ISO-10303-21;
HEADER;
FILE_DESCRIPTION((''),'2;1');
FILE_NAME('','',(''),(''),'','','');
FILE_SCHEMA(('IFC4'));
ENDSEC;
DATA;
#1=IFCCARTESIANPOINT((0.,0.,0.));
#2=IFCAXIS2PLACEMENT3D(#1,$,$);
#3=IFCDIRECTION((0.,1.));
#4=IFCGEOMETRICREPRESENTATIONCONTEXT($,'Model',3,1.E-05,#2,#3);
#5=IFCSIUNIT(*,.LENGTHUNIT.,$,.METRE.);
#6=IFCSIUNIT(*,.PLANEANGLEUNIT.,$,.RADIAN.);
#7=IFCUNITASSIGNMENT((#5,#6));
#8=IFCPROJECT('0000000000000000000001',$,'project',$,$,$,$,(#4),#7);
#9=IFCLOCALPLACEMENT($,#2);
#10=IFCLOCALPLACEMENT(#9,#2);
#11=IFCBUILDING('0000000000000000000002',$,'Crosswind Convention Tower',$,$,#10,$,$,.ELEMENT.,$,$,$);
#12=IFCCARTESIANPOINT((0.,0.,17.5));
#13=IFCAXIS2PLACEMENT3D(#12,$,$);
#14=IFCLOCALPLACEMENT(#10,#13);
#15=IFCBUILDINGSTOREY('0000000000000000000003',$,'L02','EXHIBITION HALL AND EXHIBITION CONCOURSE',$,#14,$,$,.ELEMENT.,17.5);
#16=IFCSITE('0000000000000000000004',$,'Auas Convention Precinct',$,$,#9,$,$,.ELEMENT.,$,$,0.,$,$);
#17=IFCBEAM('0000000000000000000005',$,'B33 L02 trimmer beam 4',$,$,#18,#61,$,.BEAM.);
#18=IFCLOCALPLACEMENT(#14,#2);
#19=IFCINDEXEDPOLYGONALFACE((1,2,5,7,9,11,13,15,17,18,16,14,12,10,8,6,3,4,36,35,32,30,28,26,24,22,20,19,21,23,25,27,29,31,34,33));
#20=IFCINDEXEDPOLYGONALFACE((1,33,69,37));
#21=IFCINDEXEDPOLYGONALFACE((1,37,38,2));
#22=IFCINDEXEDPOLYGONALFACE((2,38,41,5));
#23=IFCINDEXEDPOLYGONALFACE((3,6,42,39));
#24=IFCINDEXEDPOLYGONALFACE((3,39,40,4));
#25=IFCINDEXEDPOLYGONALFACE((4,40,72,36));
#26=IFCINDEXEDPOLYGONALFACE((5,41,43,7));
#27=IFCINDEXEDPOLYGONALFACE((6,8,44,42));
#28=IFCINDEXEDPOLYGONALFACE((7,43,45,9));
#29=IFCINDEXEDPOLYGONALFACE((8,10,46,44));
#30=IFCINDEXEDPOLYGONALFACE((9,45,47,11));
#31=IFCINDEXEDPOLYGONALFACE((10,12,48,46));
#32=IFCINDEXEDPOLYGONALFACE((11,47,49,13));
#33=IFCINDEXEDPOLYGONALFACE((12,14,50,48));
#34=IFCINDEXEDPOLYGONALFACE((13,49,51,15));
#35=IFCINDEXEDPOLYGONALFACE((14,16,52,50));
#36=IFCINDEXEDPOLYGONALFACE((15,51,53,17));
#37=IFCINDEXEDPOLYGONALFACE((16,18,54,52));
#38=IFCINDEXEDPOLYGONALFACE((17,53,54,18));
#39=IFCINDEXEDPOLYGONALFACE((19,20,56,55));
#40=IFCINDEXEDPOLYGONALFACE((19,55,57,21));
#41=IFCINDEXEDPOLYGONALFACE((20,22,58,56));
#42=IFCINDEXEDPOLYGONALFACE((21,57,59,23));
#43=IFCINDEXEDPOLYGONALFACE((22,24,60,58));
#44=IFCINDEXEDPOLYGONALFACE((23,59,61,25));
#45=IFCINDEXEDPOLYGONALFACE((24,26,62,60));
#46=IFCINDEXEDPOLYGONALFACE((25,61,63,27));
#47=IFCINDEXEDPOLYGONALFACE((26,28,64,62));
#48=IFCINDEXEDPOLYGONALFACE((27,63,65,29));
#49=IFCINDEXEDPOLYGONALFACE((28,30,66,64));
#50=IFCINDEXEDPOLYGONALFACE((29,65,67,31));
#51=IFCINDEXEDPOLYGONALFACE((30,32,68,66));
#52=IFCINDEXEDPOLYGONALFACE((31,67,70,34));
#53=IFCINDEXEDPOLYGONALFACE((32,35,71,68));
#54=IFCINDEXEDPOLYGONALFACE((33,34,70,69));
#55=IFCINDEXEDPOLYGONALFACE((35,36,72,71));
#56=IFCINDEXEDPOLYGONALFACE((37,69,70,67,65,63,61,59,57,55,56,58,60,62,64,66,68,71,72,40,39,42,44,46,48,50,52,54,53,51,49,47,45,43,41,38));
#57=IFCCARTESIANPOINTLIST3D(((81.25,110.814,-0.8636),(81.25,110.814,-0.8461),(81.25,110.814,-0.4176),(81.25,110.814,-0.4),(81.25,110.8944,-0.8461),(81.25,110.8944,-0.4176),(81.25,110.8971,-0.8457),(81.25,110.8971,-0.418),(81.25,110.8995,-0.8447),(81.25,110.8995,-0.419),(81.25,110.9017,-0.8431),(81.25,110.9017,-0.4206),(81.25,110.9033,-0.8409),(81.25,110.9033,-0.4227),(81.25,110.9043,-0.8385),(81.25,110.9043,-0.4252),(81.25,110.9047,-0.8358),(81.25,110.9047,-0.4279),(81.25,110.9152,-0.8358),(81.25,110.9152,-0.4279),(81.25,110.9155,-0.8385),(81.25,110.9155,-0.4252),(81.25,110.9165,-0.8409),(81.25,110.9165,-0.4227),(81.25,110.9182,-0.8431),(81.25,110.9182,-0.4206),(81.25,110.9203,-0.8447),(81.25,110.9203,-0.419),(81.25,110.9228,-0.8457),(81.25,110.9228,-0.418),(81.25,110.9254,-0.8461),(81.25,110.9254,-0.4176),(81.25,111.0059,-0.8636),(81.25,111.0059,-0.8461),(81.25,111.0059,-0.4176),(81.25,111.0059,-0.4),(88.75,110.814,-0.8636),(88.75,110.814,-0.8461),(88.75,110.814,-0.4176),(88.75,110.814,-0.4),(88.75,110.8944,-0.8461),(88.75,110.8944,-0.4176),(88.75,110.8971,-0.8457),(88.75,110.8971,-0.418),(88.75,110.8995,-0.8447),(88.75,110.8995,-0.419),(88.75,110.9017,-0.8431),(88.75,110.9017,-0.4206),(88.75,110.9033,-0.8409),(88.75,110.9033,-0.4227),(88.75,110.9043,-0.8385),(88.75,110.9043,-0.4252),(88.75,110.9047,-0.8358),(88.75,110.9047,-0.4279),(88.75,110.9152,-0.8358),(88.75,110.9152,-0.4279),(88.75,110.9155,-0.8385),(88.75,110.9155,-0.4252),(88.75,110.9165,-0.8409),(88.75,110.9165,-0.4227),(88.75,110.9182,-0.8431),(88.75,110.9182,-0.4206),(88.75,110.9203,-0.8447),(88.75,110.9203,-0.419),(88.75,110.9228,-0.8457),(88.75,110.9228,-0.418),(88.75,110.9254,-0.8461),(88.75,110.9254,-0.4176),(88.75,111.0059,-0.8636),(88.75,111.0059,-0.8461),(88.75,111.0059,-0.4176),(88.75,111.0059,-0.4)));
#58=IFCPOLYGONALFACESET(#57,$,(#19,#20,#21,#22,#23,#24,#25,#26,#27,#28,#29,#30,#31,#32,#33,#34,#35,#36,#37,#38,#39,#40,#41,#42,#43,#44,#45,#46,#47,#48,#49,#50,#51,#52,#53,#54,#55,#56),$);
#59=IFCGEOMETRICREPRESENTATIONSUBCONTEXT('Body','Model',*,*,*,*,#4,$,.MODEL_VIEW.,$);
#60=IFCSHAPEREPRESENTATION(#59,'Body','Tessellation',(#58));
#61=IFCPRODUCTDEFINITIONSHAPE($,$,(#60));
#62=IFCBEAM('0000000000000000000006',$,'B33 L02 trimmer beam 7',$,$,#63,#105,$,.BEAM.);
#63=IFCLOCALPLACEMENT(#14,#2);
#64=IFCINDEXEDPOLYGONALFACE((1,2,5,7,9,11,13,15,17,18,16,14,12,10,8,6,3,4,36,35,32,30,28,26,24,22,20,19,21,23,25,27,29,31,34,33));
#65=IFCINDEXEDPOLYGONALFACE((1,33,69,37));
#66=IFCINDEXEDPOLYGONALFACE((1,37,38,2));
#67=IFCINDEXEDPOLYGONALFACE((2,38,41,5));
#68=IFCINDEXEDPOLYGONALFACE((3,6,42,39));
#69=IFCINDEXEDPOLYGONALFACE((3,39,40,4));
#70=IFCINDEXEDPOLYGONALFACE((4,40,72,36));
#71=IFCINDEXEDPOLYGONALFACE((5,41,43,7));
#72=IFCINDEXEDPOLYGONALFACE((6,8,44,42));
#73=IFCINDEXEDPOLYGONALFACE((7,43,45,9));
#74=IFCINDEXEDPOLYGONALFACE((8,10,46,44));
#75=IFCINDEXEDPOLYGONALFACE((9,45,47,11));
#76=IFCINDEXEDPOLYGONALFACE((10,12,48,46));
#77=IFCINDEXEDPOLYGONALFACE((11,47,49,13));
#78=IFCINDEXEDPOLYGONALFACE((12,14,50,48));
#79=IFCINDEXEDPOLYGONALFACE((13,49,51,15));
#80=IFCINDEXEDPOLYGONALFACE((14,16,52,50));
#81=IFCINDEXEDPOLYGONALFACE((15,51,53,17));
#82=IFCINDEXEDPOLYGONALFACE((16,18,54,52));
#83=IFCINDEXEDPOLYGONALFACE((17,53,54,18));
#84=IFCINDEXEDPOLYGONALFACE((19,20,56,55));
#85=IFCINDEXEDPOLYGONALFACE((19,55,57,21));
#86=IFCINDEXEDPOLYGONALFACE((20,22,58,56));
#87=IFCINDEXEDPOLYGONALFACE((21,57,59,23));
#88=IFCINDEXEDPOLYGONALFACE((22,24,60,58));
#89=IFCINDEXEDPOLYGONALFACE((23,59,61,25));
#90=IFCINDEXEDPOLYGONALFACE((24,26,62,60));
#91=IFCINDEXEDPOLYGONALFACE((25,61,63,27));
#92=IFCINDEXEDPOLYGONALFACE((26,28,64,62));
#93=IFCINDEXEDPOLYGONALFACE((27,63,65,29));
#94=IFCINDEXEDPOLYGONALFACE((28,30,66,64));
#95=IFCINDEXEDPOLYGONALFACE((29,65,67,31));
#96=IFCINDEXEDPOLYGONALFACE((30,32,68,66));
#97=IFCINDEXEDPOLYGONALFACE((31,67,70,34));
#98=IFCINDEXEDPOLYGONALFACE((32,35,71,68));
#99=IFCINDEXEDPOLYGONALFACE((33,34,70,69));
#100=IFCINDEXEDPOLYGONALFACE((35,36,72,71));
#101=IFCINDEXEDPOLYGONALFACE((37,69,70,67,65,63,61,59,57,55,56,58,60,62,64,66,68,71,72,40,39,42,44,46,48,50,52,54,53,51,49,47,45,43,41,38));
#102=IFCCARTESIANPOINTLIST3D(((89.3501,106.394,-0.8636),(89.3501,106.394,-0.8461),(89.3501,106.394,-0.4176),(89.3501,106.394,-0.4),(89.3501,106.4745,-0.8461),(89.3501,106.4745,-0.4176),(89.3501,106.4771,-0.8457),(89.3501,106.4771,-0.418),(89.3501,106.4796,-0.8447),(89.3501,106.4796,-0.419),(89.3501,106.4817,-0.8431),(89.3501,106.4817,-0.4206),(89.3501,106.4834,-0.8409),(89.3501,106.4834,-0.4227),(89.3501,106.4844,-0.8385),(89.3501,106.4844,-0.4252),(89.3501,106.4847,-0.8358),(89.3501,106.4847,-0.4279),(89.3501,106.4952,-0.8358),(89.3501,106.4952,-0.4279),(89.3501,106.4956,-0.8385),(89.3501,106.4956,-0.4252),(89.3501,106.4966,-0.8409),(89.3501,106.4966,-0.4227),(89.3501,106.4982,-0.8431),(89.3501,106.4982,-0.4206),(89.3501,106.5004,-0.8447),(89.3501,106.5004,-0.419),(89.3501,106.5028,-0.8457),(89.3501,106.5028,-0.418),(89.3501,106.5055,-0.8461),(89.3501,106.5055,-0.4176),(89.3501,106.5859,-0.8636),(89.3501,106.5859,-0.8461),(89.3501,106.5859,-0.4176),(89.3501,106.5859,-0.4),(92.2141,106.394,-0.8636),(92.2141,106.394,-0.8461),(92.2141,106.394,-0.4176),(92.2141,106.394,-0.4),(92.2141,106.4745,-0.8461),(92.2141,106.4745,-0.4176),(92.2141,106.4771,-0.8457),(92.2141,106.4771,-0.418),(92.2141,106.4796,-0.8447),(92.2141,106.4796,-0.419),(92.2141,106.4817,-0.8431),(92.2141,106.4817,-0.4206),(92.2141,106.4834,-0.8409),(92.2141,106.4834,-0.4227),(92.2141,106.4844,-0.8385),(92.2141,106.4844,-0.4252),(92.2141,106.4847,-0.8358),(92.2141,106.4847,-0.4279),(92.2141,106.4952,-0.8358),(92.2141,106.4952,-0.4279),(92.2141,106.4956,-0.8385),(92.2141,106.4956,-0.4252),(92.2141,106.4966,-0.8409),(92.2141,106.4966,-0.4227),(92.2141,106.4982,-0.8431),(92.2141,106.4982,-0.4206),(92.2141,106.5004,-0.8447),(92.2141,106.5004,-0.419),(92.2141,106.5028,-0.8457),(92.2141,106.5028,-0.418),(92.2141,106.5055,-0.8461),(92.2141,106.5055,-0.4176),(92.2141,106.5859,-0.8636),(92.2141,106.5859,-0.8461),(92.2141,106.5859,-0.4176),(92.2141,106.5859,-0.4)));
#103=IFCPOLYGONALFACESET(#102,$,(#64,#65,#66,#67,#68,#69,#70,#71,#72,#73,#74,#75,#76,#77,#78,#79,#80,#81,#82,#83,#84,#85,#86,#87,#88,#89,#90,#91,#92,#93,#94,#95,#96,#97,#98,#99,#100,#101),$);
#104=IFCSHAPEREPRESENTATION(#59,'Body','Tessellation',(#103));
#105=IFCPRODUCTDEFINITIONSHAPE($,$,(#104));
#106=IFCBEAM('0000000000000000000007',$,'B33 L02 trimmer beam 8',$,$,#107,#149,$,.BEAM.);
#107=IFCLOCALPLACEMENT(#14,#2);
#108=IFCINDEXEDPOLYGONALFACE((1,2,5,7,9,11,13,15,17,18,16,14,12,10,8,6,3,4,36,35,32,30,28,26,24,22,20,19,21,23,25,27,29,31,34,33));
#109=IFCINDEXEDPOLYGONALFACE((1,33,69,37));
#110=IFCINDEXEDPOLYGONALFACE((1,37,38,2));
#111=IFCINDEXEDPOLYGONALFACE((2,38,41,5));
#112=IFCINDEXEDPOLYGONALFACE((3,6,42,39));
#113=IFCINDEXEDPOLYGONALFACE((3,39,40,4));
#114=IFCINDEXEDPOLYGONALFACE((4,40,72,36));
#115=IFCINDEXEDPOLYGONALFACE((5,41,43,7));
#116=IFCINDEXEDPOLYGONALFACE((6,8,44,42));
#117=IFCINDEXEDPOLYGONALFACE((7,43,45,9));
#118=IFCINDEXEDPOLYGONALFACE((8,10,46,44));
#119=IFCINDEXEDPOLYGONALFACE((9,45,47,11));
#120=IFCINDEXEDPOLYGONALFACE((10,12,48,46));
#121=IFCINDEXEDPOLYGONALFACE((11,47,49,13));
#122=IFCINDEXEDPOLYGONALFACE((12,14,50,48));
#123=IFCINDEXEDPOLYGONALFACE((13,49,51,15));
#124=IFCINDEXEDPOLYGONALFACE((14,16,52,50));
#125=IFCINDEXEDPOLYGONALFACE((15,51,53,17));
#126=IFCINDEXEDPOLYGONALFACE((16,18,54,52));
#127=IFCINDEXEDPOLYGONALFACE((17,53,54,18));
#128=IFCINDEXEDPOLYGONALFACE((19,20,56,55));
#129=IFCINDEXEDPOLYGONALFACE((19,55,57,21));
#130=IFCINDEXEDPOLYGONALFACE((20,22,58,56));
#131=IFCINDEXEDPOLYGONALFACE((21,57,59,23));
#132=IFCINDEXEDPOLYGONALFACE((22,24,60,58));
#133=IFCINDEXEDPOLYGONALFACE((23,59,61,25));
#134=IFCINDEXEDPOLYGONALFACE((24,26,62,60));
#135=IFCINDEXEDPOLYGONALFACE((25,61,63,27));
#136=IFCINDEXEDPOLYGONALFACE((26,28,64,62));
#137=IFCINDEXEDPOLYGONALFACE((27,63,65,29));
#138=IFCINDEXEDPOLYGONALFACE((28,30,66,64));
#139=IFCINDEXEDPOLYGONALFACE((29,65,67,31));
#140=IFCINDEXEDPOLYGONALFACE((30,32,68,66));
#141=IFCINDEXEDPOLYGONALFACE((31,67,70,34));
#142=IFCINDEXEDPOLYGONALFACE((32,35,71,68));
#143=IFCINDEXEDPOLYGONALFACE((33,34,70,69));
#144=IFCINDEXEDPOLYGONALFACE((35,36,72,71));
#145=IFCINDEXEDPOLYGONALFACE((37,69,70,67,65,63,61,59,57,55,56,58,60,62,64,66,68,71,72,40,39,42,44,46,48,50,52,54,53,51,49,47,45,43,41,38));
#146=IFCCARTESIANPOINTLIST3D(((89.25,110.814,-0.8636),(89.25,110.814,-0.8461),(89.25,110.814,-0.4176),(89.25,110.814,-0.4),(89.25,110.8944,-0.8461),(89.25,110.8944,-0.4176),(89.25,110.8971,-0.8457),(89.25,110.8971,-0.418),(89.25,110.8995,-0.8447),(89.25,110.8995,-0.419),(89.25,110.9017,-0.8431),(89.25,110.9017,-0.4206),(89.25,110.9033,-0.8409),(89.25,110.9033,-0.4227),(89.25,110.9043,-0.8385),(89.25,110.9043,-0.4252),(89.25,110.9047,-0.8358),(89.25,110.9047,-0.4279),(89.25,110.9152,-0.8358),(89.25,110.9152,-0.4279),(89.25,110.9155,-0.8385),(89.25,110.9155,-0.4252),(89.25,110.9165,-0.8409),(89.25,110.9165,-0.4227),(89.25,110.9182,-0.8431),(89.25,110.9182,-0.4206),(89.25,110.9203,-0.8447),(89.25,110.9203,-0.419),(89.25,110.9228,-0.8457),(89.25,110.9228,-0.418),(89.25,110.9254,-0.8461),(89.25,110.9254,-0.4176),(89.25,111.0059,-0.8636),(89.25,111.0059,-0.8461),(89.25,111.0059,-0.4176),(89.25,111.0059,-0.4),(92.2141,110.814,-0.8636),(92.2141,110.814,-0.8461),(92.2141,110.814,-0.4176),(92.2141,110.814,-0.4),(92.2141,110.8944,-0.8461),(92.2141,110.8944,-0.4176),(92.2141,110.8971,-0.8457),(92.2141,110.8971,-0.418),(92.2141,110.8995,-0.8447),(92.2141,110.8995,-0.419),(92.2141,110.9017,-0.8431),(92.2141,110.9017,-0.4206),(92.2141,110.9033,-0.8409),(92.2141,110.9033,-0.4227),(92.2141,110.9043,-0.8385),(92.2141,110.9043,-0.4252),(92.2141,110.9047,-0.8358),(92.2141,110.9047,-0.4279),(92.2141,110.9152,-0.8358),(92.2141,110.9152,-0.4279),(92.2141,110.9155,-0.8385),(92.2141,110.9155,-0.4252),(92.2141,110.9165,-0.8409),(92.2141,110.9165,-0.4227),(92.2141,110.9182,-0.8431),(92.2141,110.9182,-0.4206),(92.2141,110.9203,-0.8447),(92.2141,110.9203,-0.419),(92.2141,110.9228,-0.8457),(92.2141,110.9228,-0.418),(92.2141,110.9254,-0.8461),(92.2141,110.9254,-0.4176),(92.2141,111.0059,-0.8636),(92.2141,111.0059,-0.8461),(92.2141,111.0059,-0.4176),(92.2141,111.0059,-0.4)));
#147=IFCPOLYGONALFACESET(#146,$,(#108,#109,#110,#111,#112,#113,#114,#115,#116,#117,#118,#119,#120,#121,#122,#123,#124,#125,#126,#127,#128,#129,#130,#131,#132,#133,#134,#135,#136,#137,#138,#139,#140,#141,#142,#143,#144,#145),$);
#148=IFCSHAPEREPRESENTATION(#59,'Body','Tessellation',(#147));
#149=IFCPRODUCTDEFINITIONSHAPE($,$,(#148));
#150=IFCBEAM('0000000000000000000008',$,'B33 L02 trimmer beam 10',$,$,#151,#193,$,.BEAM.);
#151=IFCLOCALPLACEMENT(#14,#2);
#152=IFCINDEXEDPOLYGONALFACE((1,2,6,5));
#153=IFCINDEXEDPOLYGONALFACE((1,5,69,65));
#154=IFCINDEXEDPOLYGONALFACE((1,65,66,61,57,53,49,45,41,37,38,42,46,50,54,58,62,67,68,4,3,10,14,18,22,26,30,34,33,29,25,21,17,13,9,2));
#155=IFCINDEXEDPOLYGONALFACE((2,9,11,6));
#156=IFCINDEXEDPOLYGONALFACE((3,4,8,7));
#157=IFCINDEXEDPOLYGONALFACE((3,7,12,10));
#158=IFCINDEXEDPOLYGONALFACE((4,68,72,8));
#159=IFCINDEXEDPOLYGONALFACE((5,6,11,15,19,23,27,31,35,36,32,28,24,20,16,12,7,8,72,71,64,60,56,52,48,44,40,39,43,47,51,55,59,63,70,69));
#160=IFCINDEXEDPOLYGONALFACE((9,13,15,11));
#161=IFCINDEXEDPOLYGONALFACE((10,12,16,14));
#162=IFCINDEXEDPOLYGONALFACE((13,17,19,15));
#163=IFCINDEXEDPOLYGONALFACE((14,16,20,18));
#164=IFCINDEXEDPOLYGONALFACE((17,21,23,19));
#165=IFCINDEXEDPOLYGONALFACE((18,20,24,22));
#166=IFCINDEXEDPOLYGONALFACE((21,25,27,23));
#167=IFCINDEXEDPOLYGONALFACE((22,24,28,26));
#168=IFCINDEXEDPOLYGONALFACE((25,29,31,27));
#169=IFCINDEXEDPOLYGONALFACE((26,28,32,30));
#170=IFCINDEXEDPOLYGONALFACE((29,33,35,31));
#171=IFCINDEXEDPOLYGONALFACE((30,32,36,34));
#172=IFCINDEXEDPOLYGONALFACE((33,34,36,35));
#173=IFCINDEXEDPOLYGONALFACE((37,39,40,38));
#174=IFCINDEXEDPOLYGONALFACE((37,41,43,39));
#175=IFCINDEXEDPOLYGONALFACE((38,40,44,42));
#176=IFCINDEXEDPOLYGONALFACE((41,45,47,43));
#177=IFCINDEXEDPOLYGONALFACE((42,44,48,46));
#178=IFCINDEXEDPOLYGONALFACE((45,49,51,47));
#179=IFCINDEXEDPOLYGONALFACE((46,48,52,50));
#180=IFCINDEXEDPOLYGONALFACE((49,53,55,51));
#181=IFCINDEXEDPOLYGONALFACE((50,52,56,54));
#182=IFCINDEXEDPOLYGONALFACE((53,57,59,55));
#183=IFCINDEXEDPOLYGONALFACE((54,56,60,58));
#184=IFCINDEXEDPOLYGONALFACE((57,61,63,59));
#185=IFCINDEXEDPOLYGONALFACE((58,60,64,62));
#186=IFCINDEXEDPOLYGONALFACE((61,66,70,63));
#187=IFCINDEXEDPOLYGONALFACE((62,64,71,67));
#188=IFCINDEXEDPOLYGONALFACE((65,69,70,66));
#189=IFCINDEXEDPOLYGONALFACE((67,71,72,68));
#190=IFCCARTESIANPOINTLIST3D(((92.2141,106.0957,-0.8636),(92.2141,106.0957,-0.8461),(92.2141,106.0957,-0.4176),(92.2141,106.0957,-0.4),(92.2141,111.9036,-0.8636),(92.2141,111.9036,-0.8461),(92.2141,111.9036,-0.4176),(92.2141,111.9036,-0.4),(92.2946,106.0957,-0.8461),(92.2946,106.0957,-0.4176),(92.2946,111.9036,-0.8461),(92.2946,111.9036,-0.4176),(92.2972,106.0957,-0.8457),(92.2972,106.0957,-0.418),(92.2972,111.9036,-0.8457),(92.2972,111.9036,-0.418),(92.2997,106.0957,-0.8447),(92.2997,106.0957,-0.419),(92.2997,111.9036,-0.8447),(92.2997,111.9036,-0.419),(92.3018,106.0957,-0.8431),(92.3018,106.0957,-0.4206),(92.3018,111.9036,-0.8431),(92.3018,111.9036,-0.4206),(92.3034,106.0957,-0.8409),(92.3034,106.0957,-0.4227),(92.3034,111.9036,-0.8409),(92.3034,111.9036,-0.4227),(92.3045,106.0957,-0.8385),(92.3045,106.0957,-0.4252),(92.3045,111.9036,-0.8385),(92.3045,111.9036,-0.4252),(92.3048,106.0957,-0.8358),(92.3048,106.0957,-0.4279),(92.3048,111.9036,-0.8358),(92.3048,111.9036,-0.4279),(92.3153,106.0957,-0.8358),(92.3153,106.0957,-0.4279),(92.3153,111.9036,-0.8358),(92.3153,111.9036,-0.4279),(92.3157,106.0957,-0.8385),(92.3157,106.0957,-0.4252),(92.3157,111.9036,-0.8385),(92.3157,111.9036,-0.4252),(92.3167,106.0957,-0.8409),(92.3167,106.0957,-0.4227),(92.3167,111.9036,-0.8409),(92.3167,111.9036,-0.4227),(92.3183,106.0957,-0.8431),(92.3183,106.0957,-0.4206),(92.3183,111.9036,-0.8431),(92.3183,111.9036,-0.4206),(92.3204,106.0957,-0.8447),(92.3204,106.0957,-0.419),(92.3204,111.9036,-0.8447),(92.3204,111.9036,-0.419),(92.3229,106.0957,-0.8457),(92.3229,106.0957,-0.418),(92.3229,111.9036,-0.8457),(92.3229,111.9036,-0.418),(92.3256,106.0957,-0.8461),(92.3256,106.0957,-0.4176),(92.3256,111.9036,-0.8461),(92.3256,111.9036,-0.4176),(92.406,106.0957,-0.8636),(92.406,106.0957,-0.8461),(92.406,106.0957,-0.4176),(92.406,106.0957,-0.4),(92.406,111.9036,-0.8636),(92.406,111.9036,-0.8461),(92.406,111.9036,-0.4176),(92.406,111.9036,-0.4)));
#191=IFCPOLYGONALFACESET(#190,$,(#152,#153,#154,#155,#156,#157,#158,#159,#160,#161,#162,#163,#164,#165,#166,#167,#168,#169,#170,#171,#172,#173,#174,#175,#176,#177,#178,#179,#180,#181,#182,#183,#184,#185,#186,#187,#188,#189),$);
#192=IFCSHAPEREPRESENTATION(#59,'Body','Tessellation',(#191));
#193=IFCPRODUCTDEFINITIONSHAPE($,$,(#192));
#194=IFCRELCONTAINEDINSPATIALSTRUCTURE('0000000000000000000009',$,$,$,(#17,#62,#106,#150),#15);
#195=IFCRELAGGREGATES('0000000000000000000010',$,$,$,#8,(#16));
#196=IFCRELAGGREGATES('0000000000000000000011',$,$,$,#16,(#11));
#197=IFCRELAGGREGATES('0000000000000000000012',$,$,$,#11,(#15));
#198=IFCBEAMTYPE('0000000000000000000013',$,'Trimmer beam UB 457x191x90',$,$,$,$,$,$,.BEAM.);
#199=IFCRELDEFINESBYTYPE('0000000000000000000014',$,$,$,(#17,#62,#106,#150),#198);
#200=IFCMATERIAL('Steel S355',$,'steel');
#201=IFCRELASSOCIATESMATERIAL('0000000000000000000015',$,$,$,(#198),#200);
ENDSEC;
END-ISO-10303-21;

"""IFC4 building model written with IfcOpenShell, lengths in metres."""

from ifc_helpers import new_model, si_unit, direction, frame, origin, origin_2d, place, context, subcontext, project, spatial, i_section, extrude, material, material_profile, profile_set, type_object, element, save


model = new_model("IFC4")

# Units and contexts
model_context = context("Model", 3, precision=1e-05, world=origin(), true_north=direction((0.0, 1.0)))
body_context = subcontext(model_context, "Body", "Model", "MODEL_VIEW")
ifc_project = project(units=[si_unit("LENGTHUNIT", "METRE"), si_unit("PLANEANGLEUNIT", "RADIAN")], contexts=[model_context])

# Site, building, storey
site_placement = place(None, origin())
site = spatial("IfcSite", under=ifc_project, at=site_placement, Name="Auas Convention Precinct", CompositionType="ELEMENT", RefElevation=0.0)
building_placement = place(site_placement, origin())
building = spatial("IfcBuilding", under=site, at=building_placement, Name="Crosswind Convention Tower", CompositionType="ELEMENT")
storey_placement = place(building_placement, frame((0.0, 0.0, 17.5)))
storey = spatial("IfcBuildingStorey", under=building, at=storey_placement, Name="L02", Description="EXHIBITION HALL AND EXHIBITION CONCOURSE", CompositionType="ELEMENT", Elevation=17.5)

# Shared definitions
ifc_material_1 = material(Name="Steel S355", Category="steel")

# Beams
ifc_material_profile_1 = material_profile(ifc_material_1, i_section(OverallWidth=0.1919, OverallDepth=0.4636, WebThickness=0.0105, FlangeThickness=0.0176, FilletRadius=0.0103, at=origin_2d()), Name="UB 457x191x90")
ifc_profile_set_1 = profile_set([ifc_material_profile_1], Name="Steel S355")
beam_type_1 = type_object("IfcBeamType", Name="Trimmer beam UB 457x191x90", PredefinedType="BEAM", material=ifc_profile_set_1)
beam_1_placement = place(storey_placement, frame((88.75, 110.9099, -0.6318), z_axis=(-1.0, 0.0, 0.0), x_axis=(0.0, -1.0, 0.0)))
element("IfcBeam", 1, at=beam_1_placement, inside=storey, type_object=beam_type_1, Name="B33 L02 trimmer beam 4", PredefinedType="BEAM", context=body_context, shape_type="SweptSolid", body=[
    extrude(i_section(OverallWidth=0.1919, OverallDepth=0.4636, WebThickness=0.0105, FlangeThickness=0.0176, FilletRadius=0.0103, at=origin_2d()), origin(), (0.0, 0.0, 1.0), 7.5),
])
beam_2_placement = place(storey_placement, frame((92.2141, 106.49, -0.6318), z_axis=(-1.0, 0.0, 0.0), x_axis=(0.0, -1.0, 0.0)))
element("IfcBeam", 2, at=beam_2_placement, inside=storey, type_object=beam_type_1, Name="B33 L02 trimmer beam 7", PredefinedType="BEAM", context=body_context, shape_type="SweptSolid", body=[
    extrude(i_section(OverallWidth=0.1919, OverallDepth=0.4636, WebThickness=0.0105, FlangeThickness=0.0176, FilletRadius=0.0103, at=origin_2d()), origin(), (0.0, 0.0, 1.0), 2.864),
])
beam_3_placement = place(storey_placement, frame((92.2141, 110.9099, -0.6318), z_axis=(-1.0, 0.0, 0.0), x_axis=(0.0, -1.0, 0.0)))
element("IfcBeam", 3, at=beam_3_placement, inside=storey, type_object=beam_type_1, Name="B33 L02 trimmer beam 8", PredefinedType="BEAM", context=body_context, shape_type="SweptSolid", body=[
    extrude(i_section(OverallWidth=0.1919, OverallDepth=0.4636, WebThickness=0.0105, FlangeThickness=0.0176, FilletRadius=0.0103, at=origin_2d()), origin(), (0.0, 0.0, 1.0), 2.9641),
])
beam_4_placement = place(storey_placement, frame((92.3101, 106.0957, -0.6318), z_axis=(0.0, 1.0, 0.0), x_axis=(-1.0, 0.0, 0.0)))
element("IfcBeam", 4, at=beam_4_placement, inside=storey, type_object=beam_type_1, Name="B33 L02 trimmer beam 10", PredefinedType="BEAM", context=body_context, shape_type="SweptSolid", body=[
    extrude(i_section(OverallWidth=0.1919, OverallDepth=0.4636, WebThickness=0.0105, FlangeThickness=0.0176, FilletRadius=0.0103, at=origin_2d()), origin(), (0.0, 0.0, 1.0), 5.8079),
])

save(model, "model.ifc")
